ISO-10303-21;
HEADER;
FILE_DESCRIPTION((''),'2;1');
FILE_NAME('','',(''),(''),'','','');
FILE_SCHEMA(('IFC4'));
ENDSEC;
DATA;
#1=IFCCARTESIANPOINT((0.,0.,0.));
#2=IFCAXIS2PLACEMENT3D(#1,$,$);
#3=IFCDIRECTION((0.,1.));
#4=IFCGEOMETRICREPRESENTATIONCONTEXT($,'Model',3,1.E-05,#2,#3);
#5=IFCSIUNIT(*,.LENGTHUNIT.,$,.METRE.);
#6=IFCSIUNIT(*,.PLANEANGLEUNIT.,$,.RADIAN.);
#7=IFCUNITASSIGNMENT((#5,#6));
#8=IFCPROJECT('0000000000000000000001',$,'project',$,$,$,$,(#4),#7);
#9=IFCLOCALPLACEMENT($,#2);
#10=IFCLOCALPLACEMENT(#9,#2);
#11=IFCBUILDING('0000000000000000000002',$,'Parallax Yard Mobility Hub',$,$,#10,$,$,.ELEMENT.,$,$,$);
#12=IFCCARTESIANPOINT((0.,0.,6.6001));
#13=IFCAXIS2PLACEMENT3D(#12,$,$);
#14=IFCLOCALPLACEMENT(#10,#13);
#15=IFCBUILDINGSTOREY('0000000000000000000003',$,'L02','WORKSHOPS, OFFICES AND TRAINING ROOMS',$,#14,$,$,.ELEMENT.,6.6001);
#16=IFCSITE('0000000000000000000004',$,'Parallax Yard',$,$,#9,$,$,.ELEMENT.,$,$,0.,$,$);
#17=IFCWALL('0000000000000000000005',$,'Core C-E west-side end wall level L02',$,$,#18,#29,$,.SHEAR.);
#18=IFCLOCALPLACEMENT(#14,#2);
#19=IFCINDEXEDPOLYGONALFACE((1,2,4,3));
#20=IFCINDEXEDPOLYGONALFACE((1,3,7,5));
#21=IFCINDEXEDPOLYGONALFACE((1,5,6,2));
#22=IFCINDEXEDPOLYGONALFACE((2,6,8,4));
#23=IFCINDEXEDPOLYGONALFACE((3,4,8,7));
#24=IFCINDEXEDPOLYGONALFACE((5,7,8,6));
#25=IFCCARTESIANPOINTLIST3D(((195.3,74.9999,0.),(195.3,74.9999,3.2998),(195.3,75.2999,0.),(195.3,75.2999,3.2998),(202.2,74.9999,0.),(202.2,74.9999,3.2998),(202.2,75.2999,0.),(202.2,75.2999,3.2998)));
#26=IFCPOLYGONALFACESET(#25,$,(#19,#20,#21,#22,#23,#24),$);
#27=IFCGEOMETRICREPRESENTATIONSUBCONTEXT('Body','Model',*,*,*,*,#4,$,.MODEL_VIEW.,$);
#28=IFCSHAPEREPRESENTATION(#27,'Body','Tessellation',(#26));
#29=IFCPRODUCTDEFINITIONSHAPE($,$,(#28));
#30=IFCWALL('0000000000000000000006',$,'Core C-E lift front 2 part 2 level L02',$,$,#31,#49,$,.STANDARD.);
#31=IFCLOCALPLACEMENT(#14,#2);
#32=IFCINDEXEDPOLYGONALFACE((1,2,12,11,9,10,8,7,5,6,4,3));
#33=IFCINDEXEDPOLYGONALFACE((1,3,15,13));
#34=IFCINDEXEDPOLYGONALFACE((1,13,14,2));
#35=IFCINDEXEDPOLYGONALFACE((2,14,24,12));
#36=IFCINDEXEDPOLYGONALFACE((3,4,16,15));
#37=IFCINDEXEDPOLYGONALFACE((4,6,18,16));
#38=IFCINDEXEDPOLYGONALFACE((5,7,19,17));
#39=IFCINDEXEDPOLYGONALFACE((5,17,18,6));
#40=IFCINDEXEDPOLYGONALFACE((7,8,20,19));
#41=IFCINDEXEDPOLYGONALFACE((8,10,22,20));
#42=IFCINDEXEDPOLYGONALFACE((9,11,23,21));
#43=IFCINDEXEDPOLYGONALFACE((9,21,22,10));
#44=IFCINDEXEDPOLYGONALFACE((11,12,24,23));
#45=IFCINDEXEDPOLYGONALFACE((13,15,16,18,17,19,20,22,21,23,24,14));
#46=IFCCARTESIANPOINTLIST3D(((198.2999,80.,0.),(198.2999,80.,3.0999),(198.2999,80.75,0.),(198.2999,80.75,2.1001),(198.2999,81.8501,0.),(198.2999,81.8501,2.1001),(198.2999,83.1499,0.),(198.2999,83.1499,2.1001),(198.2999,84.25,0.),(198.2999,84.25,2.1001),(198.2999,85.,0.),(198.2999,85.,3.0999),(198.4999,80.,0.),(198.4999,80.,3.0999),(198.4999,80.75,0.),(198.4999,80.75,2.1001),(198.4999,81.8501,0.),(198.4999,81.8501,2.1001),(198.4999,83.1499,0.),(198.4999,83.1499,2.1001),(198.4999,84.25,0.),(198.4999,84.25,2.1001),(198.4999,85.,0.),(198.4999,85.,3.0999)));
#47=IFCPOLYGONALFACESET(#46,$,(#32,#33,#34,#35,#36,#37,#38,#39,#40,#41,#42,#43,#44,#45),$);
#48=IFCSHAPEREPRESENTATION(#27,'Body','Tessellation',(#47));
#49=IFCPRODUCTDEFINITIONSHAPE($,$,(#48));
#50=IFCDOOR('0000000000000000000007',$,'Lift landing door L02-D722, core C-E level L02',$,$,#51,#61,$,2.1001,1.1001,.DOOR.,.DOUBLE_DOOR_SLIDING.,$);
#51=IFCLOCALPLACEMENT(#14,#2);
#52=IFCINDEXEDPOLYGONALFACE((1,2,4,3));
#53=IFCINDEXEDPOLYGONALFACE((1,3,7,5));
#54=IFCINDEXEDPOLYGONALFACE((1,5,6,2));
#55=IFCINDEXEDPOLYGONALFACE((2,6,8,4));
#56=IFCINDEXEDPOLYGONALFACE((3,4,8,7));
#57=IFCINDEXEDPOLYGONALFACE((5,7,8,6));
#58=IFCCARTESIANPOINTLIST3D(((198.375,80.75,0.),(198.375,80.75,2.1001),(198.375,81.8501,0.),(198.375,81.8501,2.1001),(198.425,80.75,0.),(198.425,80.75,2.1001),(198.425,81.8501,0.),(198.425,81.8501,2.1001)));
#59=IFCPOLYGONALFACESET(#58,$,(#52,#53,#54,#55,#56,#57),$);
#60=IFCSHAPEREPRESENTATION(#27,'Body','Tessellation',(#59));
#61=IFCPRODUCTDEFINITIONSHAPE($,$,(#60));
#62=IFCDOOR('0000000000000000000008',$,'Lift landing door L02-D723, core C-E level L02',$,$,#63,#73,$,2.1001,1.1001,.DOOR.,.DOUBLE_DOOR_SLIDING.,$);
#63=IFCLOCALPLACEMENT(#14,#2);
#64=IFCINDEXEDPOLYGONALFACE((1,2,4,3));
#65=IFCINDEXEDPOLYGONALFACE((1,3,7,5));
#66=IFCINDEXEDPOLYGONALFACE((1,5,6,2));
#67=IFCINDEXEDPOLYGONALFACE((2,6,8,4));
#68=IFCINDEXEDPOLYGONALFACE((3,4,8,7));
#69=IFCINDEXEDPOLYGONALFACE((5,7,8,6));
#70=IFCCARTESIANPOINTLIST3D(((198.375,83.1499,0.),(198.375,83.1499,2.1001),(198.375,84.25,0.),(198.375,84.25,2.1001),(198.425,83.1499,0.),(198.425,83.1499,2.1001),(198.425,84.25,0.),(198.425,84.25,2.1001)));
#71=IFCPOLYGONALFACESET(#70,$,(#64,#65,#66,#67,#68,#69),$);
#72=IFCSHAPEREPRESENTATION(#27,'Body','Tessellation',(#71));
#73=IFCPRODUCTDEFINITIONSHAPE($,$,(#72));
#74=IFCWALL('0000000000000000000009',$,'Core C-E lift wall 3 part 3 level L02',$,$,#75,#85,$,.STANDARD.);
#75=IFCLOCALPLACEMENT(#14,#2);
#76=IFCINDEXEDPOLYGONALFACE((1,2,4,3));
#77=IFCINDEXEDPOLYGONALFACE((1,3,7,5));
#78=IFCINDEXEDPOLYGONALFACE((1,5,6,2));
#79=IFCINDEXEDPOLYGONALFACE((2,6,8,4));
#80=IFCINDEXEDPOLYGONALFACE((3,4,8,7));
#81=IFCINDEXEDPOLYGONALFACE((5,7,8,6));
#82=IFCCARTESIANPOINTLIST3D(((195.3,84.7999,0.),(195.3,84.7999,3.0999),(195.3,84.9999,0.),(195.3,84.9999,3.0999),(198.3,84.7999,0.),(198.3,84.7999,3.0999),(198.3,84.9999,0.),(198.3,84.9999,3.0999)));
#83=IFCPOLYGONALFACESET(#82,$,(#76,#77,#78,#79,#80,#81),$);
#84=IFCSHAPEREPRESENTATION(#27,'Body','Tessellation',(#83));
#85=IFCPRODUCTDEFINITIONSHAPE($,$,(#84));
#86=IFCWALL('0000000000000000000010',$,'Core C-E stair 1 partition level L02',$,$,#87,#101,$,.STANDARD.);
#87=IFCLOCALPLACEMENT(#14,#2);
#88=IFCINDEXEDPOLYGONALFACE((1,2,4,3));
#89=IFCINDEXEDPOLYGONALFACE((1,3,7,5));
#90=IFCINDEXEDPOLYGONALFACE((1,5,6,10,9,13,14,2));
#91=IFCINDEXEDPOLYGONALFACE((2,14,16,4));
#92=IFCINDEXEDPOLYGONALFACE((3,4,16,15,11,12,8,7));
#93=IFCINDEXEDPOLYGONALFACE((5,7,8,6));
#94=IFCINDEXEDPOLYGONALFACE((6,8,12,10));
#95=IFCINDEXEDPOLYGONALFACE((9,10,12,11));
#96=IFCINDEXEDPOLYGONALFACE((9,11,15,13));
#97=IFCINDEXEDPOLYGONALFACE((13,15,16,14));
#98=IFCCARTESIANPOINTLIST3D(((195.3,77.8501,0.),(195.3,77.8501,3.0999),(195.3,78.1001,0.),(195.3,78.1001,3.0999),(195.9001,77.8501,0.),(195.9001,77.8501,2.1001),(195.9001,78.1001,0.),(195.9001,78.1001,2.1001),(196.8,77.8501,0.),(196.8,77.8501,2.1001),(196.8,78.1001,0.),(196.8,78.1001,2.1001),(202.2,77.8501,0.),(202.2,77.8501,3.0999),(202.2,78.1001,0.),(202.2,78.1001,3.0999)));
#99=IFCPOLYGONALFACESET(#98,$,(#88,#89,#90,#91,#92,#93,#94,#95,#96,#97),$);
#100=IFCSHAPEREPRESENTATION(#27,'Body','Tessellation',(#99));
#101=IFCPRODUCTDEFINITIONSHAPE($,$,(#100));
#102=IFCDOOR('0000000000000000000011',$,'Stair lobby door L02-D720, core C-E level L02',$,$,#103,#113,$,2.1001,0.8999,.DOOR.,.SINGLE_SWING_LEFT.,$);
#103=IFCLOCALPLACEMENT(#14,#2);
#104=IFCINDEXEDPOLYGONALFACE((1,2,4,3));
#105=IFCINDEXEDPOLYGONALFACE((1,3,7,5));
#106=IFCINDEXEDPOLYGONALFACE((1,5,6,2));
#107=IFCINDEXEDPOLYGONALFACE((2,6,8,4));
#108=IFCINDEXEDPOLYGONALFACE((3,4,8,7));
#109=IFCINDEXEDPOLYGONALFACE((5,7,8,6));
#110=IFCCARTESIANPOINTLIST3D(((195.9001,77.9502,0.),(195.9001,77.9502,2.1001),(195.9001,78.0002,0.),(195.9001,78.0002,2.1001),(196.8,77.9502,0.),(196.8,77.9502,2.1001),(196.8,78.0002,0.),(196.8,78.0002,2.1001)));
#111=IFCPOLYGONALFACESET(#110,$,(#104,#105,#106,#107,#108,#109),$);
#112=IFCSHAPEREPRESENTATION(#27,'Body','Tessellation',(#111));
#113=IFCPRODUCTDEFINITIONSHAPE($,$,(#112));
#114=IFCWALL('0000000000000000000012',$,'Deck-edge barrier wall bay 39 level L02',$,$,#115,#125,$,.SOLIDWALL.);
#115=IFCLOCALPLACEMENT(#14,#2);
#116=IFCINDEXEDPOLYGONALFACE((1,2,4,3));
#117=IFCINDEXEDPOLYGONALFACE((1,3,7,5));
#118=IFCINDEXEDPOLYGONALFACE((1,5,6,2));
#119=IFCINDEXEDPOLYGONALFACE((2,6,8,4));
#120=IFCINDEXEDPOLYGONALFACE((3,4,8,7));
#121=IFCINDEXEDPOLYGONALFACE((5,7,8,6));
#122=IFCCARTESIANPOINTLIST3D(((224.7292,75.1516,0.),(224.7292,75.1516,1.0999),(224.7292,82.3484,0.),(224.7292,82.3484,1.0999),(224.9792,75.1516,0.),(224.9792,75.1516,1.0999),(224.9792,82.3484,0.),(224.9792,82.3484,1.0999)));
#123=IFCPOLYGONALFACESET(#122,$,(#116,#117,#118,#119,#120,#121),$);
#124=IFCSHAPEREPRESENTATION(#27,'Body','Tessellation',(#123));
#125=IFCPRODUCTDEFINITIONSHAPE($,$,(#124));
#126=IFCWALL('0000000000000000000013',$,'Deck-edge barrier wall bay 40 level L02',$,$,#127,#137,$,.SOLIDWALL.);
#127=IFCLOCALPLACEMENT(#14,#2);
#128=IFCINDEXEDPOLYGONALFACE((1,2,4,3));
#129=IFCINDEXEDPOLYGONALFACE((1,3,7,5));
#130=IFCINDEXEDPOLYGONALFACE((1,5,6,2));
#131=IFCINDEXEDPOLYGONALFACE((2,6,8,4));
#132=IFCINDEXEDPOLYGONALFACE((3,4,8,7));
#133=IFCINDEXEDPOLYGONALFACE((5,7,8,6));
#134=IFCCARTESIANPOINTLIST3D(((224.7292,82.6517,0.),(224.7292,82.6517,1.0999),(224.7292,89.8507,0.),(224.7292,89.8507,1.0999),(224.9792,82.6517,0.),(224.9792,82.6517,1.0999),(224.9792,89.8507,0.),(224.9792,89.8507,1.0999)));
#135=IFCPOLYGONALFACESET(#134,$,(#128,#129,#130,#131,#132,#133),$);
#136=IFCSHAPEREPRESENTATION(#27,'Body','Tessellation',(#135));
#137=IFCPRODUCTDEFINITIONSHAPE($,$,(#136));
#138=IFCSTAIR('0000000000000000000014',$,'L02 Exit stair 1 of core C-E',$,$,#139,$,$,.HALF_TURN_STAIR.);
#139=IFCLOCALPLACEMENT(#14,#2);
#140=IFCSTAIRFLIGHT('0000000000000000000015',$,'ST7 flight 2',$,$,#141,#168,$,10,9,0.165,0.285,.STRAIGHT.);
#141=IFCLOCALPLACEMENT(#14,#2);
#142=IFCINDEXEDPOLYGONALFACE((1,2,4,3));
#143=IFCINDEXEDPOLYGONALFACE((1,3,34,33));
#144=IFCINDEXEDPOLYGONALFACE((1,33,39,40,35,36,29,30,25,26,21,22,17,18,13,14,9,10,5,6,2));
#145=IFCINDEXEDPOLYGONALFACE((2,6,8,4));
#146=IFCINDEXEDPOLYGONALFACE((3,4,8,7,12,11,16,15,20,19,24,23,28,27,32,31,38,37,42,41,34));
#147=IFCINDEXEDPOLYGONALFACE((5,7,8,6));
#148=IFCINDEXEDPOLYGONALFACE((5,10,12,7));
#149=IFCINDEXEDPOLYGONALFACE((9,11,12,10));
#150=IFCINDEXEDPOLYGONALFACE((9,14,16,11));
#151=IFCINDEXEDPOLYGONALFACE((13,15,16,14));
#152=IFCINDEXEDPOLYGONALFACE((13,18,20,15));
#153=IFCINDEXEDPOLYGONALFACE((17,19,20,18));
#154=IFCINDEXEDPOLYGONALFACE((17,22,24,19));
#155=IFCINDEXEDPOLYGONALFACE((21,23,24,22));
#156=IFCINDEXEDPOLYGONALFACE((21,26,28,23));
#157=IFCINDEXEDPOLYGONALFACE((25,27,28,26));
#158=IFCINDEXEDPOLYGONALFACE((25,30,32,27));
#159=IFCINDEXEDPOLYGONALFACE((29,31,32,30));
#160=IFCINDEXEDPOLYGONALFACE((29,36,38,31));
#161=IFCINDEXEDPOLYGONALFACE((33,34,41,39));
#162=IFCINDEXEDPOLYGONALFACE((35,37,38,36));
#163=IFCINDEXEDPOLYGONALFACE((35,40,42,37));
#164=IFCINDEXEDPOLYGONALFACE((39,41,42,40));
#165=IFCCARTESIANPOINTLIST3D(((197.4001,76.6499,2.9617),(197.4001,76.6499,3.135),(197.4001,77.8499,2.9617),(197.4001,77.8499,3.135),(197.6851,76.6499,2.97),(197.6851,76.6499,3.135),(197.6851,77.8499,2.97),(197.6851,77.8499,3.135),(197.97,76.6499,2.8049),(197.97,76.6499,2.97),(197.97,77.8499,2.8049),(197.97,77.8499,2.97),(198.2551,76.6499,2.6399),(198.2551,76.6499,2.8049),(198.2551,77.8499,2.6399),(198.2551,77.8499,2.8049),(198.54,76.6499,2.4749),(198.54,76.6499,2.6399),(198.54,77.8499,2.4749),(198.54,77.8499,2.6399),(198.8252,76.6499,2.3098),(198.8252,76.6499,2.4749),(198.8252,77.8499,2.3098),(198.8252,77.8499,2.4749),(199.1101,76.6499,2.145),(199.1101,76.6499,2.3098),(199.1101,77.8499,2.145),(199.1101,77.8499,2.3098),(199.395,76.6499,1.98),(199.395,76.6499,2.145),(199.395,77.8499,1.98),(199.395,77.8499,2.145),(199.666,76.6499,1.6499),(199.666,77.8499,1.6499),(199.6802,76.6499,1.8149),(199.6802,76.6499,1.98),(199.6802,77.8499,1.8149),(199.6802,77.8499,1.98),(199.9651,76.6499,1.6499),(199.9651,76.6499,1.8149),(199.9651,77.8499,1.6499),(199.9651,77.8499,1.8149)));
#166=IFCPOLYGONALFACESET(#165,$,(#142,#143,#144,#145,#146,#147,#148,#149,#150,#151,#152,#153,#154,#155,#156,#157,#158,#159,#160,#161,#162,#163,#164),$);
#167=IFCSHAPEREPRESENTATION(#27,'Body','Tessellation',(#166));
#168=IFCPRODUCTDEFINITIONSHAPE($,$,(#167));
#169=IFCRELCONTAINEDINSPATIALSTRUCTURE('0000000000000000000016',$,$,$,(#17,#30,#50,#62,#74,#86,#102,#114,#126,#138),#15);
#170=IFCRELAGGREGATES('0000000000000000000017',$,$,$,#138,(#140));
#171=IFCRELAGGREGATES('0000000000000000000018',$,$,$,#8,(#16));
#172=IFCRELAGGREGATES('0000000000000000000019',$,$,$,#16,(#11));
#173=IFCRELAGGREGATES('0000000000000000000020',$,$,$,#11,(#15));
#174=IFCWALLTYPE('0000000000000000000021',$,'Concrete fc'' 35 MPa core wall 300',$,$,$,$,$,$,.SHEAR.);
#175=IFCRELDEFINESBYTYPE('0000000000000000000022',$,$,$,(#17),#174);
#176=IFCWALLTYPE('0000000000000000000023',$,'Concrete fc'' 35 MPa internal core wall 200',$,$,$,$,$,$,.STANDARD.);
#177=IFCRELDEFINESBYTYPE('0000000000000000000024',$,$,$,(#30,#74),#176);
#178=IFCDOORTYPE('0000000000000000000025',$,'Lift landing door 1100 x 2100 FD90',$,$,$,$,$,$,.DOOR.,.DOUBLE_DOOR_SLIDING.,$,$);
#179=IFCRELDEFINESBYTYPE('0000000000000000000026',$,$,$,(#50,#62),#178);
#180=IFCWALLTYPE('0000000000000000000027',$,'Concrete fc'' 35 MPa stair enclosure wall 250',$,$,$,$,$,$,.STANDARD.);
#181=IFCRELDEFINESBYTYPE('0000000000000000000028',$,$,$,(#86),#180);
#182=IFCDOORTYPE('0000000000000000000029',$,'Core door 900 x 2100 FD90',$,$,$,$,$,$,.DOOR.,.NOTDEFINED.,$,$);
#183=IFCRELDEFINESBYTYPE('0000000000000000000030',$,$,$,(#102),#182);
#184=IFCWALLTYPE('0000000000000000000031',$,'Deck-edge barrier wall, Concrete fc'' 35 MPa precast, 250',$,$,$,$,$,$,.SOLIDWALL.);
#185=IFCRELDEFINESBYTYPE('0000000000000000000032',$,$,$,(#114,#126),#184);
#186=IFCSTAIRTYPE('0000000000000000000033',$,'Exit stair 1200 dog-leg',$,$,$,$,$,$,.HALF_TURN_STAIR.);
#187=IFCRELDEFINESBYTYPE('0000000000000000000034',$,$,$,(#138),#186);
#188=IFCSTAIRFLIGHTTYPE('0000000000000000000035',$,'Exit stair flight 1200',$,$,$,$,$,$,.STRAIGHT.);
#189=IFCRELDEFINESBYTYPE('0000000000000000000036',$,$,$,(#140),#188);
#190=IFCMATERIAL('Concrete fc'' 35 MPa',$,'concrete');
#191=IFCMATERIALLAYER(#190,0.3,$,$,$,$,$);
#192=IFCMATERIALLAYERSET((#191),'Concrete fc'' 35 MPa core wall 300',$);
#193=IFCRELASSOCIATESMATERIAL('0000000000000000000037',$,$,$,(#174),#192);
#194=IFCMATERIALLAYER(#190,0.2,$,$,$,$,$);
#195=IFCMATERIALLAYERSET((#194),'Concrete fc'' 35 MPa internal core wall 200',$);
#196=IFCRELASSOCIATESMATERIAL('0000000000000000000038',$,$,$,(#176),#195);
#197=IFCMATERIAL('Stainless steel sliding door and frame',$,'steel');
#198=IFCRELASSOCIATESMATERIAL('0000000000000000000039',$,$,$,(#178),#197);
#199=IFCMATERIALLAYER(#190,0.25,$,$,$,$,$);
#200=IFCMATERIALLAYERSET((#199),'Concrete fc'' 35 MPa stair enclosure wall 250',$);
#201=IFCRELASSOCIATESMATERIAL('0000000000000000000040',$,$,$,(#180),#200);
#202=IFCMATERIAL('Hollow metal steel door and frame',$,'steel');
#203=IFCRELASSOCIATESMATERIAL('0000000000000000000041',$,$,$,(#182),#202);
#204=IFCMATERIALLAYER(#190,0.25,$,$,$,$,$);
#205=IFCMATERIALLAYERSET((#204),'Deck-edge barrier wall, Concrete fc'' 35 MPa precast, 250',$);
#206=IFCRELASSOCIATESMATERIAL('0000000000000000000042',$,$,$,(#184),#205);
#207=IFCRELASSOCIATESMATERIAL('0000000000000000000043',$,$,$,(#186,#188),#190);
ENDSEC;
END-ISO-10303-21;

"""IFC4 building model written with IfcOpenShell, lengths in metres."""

from ifc_helpers import new_model, si_unit, direction, frame, frame_2d, origin, place, context, subcontext, project, spatial, polyline, rectangle, outline, extrude, material, layer, layer_set, type_object, element, fill, aggregate, save


model = new_model("IFC4")

# Units and contexts
model_context = context("Model", 3, precision=1e-05, world=origin(), true_north=direction((0.0, 1.0)))
body_context = subcontext(model_context, "Body", "Model", "MODEL_VIEW")
ifc_project = project(units=[si_unit("LENGTHUNIT", "METRE"), si_unit("PLANEANGLEUNIT", "RADIAN")], contexts=[model_context])

# Site, building, storey
site_placement = place(None, origin())
site = spatial("IfcSite", under=ifc_project, at=site_placement, Name="Parallax Yard", CompositionType="ELEMENT", RefElevation=0.0)
building_placement = place(site_placement, origin())
building = spatial("IfcBuilding", under=site, at=building_placement, Name="Parallax Yard Mobility Hub", CompositionType="ELEMENT")
storey_placement = place(building_placement, frame((0.0, 0.0, 6.6001)))
storey = spatial("IfcBuildingStorey", under=building, at=storey_placement, Name="L02", Description="WORKSHOPS, OFFICES AND TRAINING ROOMS", CompositionType="ELEMENT", Elevation=6.6001)

# Wall
ifc_material_1 = material(Name="Concrete fc' 35 MPa", Category="concrete")
ifc_layer_1 = layer(ifc_material_1, 0.3)
ifc_layer_set_1 = layer_set([ifc_layer_1], Name="Concrete fc' 35 MPa core wall 300")
wall_type_1 = type_object("IfcWallType", Name="Concrete fc' 35 MPa core wall 300", PredefinedType="SHEAR", material=ifc_layer_set_1)
wall_1_placement = place(storey_placement, frame((202.2, 75.1499, 0.0), z_axis=(0.0, 0.0, 1.0), x_axis=(-1.0, 0.0, 0.0)))
element("IfcWall", 1, at=wall_1_placement, inside=storey, type_object=wall_type_1, Name="Core C-E west-side end wall level L02", PredefinedType="SHEAR", context=body_context, shape_type="SweptSolid", body=[
    extrude(rectangle(XDim=6.8999, YDim=0.3, at=frame_2d((3.45, 0.0))), origin(), (0.0, 0.0, 1.0), 3.2998),
])

# Wall, openings, doors
ifc_layer_2 = layer(ifc_material_1, 0.2)
ifc_layer_set_2 = layer_set([ifc_layer_2], Name="Concrete fc' 35 MPa internal core wall 200")
wall_type_2 = type_object("IfcWallType", Name="Concrete fc' 35 MPa internal core wall 200", PredefinedType="STANDARD", material=ifc_layer_set_2)
wall_2_placement = place(storey_placement, frame((198.3999, 80.0, 0.0), z_axis=(0.0, 0.0, 1.0), x_axis=(0.0, 1.0, 0.0)))
wall_2 = element("IfcWall", 2, at=wall_2_placement, inside=storey, type_object=wall_type_2, Name="Core C-E lift front 2 part 2 level L02", PredefinedType="STANDARD", context=body_context, shape_type="SweptSolid", body=[
    extrude(rectangle(XDim=5.0, YDim=0.2, at=frame_2d((2.5, 0.0))), origin(), (0.0, 0.0, 1.0), 3.0999),
])
opening_1_placement = place(wall_2_placement, frame((0.75, 0.0, 0.0)))
opening_1 = element("IfcOpeningElement", 3, at=opening_1_placement, cuts=wall_2, PredefinedType="OPENING", context=body_context, shape_type="SweptSolid", body=[
    extrude(rectangle(XDim=1.1001, YDim=2.1001, at=frame_2d((0.55, 1.05))), frame((0.0, 0.1099, 0.0), z_axis=(0.0, -1.0, 0.0), x_axis=(1.0, 0.0, 0.0)), (0.0, 0.0, 1.0), 0.22),
])
opening_2_placement = place(wall_2_placement, frame((3.1499, 0.0, 0.0)))
opening_2 = element("IfcOpeningElement", 4, at=opening_2_placement, cuts=wall_2, PredefinedType="OPENING", context=body_context, shape_type="SweptSolid", body=[
    extrude(rectangle(XDim=1.1001, YDim=2.1001, at=frame_2d((0.55, 1.05))), frame((0.0, 0.1099, 0.0), z_axis=(0.0, -1.0, 0.0), x_axis=(1.0, 0.0, 0.0)), (0.0, 0.0, 1.0), 0.22),
])
ifc_material_2 = material(Name="Stainless steel sliding door and frame", Category="steel")
door_type_1 = type_object("IfcDoorType", Name="Lift landing door 1100 x 2100 FD90", OperationType="DOUBLE_DOOR_SLIDING", PredefinedType="DOOR", material=ifc_material_2)
door_1_placement = place(opening_1_placement, origin())
door_1 = element("IfcDoor", 5, at=door_1_placement, inside=storey, type_object=door_type_1, Name="Lift landing door L02-D722, core C-E level L02", OperationType="DOUBLE_DOOR_SLIDING", OverallHeight=2.1001, OverallWidth=1.1001, PredefinedType="DOOR", context=body_context, shape_type="SweptSolid", body=[
    extrude(rectangle(XDim=1.1001, YDim=2.1001, at=frame_2d((0.55, 1.05))), frame((0.0, 0.0249, 0.0), z_axis=(0.0, -1.0, 0.0), x_axis=(1.0, 0.0, 0.0)), (0.0, 0.0, 1.0), 0.05),
])
fill(opening_1, door_1)
door_2_placement = place(opening_2_placement, origin())
door_2 = element("IfcDoor", 6, at=door_2_placement, inside=storey, type_object=door_type_1, Name="Lift landing door L02-D723, core C-E level L02", OperationType="DOUBLE_DOOR_SLIDING", OverallHeight=2.1001, OverallWidth=1.1001, PredefinedType="DOOR", context=body_context, shape_type="SweptSolid", body=[
    extrude(rectangle(XDim=1.1001, YDim=2.1001, at=frame_2d((0.55, 1.05))), frame((0.0, 0.0249, 0.0), z_axis=(0.0, -1.0, 0.0), x_axis=(1.0, 0.0, 0.0)), (0.0, 0.0, 1.0), 0.05),
])
fill(opening_2, door_2)

# Wall
wall_3_placement = place(storey_placement, frame((198.3, 84.8999, 0.0), z_axis=(0.0, 0.0, 1.0), x_axis=(-1.0, 0.0, 0.0)))
element("IfcWall", 7, at=wall_3_placement, inside=storey, type_object=wall_type_2, Name="Core C-E lift wall 3 part 3 level L02", PredefinedType="STANDARD", context=body_context, shape_type="SweptSolid", body=[
    extrude(rectangle(XDim=3.0, YDim=0.2, at=frame_2d((1.5, 0.0))), origin(), (0.0, 0.0, 1.0), 3.0999),
])

# Wall, opening, door
ifc_layer_3 = layer(ifc_material_1, 0.25)
ifc_layer_set_3 = layer_set([ifc_layer_3], Name="Concrete fc' 35 MPa stair enclosure wall 250")
wall_type_3 = type_object("IfcWallType", Name="Concrete fc' 35 MPa stair enclosure wall 250", PredefinedType="STANDARD", material=ifc_layer_set_3)
wall_4_placement = place(storey_placement, frame((202.2, 77.9751, 0.0), z_axis=(0.0, 0.0, 1.0), x_axis=(-1.0, 0.0, 0.0)))
wall_4 = element("IfcWall", 8, at=wall_4_placement, inside=storey, type_object=wall_type_3, Name="Core C-E stair 1 partition level L02", PredefinedType="STANDARD", context=body_context, shape_type="SweptSolid", body=[
    extrude(rectangle(XDim=6.8999, YDim=0.25, at=frame_2d((3.45, 0.0))), origin(), (0.0, 0.0, 1.0), 3.0999),
])
opening_3_placement = place(wall_4_placement, frame((5.3999, 0.0, 0.0)))
opening_3 = element("IfcOpeningElement", 9, at=opening_3_placement, cuts=wall_4, PredefinedType="OPENING", context=body_context, shape_type="SweptSolid", body=[
    extrude(rectangle(XDim=0.8999, YDim=2.1001, at=frame_2d((0.45, 1.05))), frame((0.0, 0.135, 0.0), z_axis=(0.0, -1.0, 0.0), x_axis=(1.0, 0.0, 0.0)), (0.0, 0.0, 1.0), 0.27),
])
ifc_material_3 = material(Name="Hollow metal steel door and frame", Category="steel")
door_type_2 = type_object("IfcDoorType", Name="Core door 900 x 2100 FD90", OperationType="NOTDEFINED", PredefinedType="DOOR", material=ifc_material_3)
door_3_placement = place(opening_3_placement, origin())
door_3 = element("IfcDoor", 10, at=door_3_placement, inside=storey, type_object=door_type_2, Name="Stair lobby door L02-D720, core C-E level L02", OperationType="SINGLE_SWING_LEFT", OverallHeight=2.1001, OverallWidth=0.8999, PredefinedType="DOOR", context=body_context, shape_type="SweptSolid", body=[
    extrude(rectangle(XDim=0.8999, YDim=2.1001, at=frame_2d((0.45, 1.05))), frame((0.0, 0.0249, 0.0), z_axis=(0.0, -1.0, 0.0), x_axis=(1.0, 0.0, 0.0)), (0.0, 0.0, 1.0), 0.05),
])
fill(opening_3, door_3)

# Walls
ifc_layer_4 = layer(ifc_material_1, 0.25)
ifc_layer_set_4 = layer_set([ifc_layer_4], Name="Deck-edge barrier wall, Concrete fc' 35 MPa precast, 250")
wall_type_4 = type_object("IfcWallType", Name="Deck-edge barrier wall, Concrete fc' 35 MPa precast, 250", PredefinedType="SOLIDWALL", material=ifc_layer_set_4)
wall_5_placement = place(storey_placement, frame((224.8542, 75.1516, 0.0), z_axis=(0.0, 0.0, 1.0), x_axis=(0.0, 1.0, 0.0)))
element("IfcWall", 11, at=wall_5_placement, inside=storey, type_object=wall_type_4, Name="Deck-edge barrier wall bay 39 level L02", PredefinedType="SOLIDWALL", context=body_context, shape_type="SweptSolid", body=[
    extrude(rectangle(XDim=7.1968, YDim=0.25, at=frame_2d((3.5984, 0.0))), origin(), (0.0, 0.0, 1.0), 1.0999),
])
wall_6_placement = place(storey_placement, frame((224.8542, 82.6516, 0.0), z_axis=(0.0, 0.0, 1.0), x_axis=(0.0, 1.0, 0.0)))
element("IfcWall", 12, at=wall_6_placement, inside=storey, type_object=wall_type_4, Name="Deck-edge barrier wall bay 40 level L02", PredefinedType="SOLIDWALL", context=body_context, shape_type="SweptSolid", body=[
    extrude(rectangle(XDim=7.199, YDim=0.25, at=frame_2d((3.5996, 0.0))), origin(), (0.0, 0.0, 1.0), 1.0999),
])

# Stair, stair flight
stair_type = type_object("IfcStairType", Name="Exit stair 1200 dog-leg", PredefinedType="HALF_TURN_STAIR", material=ifc_material_1)
stair_placement = place(storey_placement, origin())
stair = element("IfcStair", 13, at=stair_placement, inside=storey, type_object=stair_type, Name="L02 Exit stair 1 of core C-E", PredefinedType="HALF_TURN_STAIR")
stair_flight_type = type_object("IfcStairFlightType", Name="Exit stair flight 1200", PredefinedType="STRAIGHT", material=ifc_material_1)
stair_flight_placement = place(storey_placement, frame((199.9651, 77.25, 1.6499), z_axis=(0.0, 0.0, 1.0), x_axis=(-1.0, 0.0, 0.0)))
stair_flight = element("IfcStairFlight", 14, at=stair_flight_placement, type_object=stair_flight_type, Name="ST7 flight 2", NumberOfRisers=10, NumberOfTreads=9, PredefinedType="STRAIGHT", RiserHeight=0.165, TreadLength=0.285, context=body_context, shape_type="SweptSolid", body=[
    extrude(outline(polyline([(0.0, 0.0), (0.0, 0.165), (0.2849, 0.165), (0.2849, 0.3301), (0.5701, 0.3301), (0.5701, 0.4951), (0.855, 0.4951), (0.855, 0.6599), (1.1399, 0.6599), (1.1399, 0.825), (1.425, 0.825), (1.425, 0.99), (1.71, 0.99), (1.71, 1.155), (1.9951, 1.155), (1.9951, 1.3201), (2.28, 1.3201), (2.28, 1.4851), (2.5649, 1.4851), (2.5649, 1.6499), (2.5649, 1.3118), (0.2991, 0.0), (0.0, 0.0)])), frame((0.0, 0.6001, 0.0), z_axis=(0.0, -1.0, 0.0), x_axis=(1.0, 0.0, 0.0)), (0.0, 0.0, 1.0), 1.2),
])
aggregate(stair, [stair_flight])

save(model, "model.ifc")
